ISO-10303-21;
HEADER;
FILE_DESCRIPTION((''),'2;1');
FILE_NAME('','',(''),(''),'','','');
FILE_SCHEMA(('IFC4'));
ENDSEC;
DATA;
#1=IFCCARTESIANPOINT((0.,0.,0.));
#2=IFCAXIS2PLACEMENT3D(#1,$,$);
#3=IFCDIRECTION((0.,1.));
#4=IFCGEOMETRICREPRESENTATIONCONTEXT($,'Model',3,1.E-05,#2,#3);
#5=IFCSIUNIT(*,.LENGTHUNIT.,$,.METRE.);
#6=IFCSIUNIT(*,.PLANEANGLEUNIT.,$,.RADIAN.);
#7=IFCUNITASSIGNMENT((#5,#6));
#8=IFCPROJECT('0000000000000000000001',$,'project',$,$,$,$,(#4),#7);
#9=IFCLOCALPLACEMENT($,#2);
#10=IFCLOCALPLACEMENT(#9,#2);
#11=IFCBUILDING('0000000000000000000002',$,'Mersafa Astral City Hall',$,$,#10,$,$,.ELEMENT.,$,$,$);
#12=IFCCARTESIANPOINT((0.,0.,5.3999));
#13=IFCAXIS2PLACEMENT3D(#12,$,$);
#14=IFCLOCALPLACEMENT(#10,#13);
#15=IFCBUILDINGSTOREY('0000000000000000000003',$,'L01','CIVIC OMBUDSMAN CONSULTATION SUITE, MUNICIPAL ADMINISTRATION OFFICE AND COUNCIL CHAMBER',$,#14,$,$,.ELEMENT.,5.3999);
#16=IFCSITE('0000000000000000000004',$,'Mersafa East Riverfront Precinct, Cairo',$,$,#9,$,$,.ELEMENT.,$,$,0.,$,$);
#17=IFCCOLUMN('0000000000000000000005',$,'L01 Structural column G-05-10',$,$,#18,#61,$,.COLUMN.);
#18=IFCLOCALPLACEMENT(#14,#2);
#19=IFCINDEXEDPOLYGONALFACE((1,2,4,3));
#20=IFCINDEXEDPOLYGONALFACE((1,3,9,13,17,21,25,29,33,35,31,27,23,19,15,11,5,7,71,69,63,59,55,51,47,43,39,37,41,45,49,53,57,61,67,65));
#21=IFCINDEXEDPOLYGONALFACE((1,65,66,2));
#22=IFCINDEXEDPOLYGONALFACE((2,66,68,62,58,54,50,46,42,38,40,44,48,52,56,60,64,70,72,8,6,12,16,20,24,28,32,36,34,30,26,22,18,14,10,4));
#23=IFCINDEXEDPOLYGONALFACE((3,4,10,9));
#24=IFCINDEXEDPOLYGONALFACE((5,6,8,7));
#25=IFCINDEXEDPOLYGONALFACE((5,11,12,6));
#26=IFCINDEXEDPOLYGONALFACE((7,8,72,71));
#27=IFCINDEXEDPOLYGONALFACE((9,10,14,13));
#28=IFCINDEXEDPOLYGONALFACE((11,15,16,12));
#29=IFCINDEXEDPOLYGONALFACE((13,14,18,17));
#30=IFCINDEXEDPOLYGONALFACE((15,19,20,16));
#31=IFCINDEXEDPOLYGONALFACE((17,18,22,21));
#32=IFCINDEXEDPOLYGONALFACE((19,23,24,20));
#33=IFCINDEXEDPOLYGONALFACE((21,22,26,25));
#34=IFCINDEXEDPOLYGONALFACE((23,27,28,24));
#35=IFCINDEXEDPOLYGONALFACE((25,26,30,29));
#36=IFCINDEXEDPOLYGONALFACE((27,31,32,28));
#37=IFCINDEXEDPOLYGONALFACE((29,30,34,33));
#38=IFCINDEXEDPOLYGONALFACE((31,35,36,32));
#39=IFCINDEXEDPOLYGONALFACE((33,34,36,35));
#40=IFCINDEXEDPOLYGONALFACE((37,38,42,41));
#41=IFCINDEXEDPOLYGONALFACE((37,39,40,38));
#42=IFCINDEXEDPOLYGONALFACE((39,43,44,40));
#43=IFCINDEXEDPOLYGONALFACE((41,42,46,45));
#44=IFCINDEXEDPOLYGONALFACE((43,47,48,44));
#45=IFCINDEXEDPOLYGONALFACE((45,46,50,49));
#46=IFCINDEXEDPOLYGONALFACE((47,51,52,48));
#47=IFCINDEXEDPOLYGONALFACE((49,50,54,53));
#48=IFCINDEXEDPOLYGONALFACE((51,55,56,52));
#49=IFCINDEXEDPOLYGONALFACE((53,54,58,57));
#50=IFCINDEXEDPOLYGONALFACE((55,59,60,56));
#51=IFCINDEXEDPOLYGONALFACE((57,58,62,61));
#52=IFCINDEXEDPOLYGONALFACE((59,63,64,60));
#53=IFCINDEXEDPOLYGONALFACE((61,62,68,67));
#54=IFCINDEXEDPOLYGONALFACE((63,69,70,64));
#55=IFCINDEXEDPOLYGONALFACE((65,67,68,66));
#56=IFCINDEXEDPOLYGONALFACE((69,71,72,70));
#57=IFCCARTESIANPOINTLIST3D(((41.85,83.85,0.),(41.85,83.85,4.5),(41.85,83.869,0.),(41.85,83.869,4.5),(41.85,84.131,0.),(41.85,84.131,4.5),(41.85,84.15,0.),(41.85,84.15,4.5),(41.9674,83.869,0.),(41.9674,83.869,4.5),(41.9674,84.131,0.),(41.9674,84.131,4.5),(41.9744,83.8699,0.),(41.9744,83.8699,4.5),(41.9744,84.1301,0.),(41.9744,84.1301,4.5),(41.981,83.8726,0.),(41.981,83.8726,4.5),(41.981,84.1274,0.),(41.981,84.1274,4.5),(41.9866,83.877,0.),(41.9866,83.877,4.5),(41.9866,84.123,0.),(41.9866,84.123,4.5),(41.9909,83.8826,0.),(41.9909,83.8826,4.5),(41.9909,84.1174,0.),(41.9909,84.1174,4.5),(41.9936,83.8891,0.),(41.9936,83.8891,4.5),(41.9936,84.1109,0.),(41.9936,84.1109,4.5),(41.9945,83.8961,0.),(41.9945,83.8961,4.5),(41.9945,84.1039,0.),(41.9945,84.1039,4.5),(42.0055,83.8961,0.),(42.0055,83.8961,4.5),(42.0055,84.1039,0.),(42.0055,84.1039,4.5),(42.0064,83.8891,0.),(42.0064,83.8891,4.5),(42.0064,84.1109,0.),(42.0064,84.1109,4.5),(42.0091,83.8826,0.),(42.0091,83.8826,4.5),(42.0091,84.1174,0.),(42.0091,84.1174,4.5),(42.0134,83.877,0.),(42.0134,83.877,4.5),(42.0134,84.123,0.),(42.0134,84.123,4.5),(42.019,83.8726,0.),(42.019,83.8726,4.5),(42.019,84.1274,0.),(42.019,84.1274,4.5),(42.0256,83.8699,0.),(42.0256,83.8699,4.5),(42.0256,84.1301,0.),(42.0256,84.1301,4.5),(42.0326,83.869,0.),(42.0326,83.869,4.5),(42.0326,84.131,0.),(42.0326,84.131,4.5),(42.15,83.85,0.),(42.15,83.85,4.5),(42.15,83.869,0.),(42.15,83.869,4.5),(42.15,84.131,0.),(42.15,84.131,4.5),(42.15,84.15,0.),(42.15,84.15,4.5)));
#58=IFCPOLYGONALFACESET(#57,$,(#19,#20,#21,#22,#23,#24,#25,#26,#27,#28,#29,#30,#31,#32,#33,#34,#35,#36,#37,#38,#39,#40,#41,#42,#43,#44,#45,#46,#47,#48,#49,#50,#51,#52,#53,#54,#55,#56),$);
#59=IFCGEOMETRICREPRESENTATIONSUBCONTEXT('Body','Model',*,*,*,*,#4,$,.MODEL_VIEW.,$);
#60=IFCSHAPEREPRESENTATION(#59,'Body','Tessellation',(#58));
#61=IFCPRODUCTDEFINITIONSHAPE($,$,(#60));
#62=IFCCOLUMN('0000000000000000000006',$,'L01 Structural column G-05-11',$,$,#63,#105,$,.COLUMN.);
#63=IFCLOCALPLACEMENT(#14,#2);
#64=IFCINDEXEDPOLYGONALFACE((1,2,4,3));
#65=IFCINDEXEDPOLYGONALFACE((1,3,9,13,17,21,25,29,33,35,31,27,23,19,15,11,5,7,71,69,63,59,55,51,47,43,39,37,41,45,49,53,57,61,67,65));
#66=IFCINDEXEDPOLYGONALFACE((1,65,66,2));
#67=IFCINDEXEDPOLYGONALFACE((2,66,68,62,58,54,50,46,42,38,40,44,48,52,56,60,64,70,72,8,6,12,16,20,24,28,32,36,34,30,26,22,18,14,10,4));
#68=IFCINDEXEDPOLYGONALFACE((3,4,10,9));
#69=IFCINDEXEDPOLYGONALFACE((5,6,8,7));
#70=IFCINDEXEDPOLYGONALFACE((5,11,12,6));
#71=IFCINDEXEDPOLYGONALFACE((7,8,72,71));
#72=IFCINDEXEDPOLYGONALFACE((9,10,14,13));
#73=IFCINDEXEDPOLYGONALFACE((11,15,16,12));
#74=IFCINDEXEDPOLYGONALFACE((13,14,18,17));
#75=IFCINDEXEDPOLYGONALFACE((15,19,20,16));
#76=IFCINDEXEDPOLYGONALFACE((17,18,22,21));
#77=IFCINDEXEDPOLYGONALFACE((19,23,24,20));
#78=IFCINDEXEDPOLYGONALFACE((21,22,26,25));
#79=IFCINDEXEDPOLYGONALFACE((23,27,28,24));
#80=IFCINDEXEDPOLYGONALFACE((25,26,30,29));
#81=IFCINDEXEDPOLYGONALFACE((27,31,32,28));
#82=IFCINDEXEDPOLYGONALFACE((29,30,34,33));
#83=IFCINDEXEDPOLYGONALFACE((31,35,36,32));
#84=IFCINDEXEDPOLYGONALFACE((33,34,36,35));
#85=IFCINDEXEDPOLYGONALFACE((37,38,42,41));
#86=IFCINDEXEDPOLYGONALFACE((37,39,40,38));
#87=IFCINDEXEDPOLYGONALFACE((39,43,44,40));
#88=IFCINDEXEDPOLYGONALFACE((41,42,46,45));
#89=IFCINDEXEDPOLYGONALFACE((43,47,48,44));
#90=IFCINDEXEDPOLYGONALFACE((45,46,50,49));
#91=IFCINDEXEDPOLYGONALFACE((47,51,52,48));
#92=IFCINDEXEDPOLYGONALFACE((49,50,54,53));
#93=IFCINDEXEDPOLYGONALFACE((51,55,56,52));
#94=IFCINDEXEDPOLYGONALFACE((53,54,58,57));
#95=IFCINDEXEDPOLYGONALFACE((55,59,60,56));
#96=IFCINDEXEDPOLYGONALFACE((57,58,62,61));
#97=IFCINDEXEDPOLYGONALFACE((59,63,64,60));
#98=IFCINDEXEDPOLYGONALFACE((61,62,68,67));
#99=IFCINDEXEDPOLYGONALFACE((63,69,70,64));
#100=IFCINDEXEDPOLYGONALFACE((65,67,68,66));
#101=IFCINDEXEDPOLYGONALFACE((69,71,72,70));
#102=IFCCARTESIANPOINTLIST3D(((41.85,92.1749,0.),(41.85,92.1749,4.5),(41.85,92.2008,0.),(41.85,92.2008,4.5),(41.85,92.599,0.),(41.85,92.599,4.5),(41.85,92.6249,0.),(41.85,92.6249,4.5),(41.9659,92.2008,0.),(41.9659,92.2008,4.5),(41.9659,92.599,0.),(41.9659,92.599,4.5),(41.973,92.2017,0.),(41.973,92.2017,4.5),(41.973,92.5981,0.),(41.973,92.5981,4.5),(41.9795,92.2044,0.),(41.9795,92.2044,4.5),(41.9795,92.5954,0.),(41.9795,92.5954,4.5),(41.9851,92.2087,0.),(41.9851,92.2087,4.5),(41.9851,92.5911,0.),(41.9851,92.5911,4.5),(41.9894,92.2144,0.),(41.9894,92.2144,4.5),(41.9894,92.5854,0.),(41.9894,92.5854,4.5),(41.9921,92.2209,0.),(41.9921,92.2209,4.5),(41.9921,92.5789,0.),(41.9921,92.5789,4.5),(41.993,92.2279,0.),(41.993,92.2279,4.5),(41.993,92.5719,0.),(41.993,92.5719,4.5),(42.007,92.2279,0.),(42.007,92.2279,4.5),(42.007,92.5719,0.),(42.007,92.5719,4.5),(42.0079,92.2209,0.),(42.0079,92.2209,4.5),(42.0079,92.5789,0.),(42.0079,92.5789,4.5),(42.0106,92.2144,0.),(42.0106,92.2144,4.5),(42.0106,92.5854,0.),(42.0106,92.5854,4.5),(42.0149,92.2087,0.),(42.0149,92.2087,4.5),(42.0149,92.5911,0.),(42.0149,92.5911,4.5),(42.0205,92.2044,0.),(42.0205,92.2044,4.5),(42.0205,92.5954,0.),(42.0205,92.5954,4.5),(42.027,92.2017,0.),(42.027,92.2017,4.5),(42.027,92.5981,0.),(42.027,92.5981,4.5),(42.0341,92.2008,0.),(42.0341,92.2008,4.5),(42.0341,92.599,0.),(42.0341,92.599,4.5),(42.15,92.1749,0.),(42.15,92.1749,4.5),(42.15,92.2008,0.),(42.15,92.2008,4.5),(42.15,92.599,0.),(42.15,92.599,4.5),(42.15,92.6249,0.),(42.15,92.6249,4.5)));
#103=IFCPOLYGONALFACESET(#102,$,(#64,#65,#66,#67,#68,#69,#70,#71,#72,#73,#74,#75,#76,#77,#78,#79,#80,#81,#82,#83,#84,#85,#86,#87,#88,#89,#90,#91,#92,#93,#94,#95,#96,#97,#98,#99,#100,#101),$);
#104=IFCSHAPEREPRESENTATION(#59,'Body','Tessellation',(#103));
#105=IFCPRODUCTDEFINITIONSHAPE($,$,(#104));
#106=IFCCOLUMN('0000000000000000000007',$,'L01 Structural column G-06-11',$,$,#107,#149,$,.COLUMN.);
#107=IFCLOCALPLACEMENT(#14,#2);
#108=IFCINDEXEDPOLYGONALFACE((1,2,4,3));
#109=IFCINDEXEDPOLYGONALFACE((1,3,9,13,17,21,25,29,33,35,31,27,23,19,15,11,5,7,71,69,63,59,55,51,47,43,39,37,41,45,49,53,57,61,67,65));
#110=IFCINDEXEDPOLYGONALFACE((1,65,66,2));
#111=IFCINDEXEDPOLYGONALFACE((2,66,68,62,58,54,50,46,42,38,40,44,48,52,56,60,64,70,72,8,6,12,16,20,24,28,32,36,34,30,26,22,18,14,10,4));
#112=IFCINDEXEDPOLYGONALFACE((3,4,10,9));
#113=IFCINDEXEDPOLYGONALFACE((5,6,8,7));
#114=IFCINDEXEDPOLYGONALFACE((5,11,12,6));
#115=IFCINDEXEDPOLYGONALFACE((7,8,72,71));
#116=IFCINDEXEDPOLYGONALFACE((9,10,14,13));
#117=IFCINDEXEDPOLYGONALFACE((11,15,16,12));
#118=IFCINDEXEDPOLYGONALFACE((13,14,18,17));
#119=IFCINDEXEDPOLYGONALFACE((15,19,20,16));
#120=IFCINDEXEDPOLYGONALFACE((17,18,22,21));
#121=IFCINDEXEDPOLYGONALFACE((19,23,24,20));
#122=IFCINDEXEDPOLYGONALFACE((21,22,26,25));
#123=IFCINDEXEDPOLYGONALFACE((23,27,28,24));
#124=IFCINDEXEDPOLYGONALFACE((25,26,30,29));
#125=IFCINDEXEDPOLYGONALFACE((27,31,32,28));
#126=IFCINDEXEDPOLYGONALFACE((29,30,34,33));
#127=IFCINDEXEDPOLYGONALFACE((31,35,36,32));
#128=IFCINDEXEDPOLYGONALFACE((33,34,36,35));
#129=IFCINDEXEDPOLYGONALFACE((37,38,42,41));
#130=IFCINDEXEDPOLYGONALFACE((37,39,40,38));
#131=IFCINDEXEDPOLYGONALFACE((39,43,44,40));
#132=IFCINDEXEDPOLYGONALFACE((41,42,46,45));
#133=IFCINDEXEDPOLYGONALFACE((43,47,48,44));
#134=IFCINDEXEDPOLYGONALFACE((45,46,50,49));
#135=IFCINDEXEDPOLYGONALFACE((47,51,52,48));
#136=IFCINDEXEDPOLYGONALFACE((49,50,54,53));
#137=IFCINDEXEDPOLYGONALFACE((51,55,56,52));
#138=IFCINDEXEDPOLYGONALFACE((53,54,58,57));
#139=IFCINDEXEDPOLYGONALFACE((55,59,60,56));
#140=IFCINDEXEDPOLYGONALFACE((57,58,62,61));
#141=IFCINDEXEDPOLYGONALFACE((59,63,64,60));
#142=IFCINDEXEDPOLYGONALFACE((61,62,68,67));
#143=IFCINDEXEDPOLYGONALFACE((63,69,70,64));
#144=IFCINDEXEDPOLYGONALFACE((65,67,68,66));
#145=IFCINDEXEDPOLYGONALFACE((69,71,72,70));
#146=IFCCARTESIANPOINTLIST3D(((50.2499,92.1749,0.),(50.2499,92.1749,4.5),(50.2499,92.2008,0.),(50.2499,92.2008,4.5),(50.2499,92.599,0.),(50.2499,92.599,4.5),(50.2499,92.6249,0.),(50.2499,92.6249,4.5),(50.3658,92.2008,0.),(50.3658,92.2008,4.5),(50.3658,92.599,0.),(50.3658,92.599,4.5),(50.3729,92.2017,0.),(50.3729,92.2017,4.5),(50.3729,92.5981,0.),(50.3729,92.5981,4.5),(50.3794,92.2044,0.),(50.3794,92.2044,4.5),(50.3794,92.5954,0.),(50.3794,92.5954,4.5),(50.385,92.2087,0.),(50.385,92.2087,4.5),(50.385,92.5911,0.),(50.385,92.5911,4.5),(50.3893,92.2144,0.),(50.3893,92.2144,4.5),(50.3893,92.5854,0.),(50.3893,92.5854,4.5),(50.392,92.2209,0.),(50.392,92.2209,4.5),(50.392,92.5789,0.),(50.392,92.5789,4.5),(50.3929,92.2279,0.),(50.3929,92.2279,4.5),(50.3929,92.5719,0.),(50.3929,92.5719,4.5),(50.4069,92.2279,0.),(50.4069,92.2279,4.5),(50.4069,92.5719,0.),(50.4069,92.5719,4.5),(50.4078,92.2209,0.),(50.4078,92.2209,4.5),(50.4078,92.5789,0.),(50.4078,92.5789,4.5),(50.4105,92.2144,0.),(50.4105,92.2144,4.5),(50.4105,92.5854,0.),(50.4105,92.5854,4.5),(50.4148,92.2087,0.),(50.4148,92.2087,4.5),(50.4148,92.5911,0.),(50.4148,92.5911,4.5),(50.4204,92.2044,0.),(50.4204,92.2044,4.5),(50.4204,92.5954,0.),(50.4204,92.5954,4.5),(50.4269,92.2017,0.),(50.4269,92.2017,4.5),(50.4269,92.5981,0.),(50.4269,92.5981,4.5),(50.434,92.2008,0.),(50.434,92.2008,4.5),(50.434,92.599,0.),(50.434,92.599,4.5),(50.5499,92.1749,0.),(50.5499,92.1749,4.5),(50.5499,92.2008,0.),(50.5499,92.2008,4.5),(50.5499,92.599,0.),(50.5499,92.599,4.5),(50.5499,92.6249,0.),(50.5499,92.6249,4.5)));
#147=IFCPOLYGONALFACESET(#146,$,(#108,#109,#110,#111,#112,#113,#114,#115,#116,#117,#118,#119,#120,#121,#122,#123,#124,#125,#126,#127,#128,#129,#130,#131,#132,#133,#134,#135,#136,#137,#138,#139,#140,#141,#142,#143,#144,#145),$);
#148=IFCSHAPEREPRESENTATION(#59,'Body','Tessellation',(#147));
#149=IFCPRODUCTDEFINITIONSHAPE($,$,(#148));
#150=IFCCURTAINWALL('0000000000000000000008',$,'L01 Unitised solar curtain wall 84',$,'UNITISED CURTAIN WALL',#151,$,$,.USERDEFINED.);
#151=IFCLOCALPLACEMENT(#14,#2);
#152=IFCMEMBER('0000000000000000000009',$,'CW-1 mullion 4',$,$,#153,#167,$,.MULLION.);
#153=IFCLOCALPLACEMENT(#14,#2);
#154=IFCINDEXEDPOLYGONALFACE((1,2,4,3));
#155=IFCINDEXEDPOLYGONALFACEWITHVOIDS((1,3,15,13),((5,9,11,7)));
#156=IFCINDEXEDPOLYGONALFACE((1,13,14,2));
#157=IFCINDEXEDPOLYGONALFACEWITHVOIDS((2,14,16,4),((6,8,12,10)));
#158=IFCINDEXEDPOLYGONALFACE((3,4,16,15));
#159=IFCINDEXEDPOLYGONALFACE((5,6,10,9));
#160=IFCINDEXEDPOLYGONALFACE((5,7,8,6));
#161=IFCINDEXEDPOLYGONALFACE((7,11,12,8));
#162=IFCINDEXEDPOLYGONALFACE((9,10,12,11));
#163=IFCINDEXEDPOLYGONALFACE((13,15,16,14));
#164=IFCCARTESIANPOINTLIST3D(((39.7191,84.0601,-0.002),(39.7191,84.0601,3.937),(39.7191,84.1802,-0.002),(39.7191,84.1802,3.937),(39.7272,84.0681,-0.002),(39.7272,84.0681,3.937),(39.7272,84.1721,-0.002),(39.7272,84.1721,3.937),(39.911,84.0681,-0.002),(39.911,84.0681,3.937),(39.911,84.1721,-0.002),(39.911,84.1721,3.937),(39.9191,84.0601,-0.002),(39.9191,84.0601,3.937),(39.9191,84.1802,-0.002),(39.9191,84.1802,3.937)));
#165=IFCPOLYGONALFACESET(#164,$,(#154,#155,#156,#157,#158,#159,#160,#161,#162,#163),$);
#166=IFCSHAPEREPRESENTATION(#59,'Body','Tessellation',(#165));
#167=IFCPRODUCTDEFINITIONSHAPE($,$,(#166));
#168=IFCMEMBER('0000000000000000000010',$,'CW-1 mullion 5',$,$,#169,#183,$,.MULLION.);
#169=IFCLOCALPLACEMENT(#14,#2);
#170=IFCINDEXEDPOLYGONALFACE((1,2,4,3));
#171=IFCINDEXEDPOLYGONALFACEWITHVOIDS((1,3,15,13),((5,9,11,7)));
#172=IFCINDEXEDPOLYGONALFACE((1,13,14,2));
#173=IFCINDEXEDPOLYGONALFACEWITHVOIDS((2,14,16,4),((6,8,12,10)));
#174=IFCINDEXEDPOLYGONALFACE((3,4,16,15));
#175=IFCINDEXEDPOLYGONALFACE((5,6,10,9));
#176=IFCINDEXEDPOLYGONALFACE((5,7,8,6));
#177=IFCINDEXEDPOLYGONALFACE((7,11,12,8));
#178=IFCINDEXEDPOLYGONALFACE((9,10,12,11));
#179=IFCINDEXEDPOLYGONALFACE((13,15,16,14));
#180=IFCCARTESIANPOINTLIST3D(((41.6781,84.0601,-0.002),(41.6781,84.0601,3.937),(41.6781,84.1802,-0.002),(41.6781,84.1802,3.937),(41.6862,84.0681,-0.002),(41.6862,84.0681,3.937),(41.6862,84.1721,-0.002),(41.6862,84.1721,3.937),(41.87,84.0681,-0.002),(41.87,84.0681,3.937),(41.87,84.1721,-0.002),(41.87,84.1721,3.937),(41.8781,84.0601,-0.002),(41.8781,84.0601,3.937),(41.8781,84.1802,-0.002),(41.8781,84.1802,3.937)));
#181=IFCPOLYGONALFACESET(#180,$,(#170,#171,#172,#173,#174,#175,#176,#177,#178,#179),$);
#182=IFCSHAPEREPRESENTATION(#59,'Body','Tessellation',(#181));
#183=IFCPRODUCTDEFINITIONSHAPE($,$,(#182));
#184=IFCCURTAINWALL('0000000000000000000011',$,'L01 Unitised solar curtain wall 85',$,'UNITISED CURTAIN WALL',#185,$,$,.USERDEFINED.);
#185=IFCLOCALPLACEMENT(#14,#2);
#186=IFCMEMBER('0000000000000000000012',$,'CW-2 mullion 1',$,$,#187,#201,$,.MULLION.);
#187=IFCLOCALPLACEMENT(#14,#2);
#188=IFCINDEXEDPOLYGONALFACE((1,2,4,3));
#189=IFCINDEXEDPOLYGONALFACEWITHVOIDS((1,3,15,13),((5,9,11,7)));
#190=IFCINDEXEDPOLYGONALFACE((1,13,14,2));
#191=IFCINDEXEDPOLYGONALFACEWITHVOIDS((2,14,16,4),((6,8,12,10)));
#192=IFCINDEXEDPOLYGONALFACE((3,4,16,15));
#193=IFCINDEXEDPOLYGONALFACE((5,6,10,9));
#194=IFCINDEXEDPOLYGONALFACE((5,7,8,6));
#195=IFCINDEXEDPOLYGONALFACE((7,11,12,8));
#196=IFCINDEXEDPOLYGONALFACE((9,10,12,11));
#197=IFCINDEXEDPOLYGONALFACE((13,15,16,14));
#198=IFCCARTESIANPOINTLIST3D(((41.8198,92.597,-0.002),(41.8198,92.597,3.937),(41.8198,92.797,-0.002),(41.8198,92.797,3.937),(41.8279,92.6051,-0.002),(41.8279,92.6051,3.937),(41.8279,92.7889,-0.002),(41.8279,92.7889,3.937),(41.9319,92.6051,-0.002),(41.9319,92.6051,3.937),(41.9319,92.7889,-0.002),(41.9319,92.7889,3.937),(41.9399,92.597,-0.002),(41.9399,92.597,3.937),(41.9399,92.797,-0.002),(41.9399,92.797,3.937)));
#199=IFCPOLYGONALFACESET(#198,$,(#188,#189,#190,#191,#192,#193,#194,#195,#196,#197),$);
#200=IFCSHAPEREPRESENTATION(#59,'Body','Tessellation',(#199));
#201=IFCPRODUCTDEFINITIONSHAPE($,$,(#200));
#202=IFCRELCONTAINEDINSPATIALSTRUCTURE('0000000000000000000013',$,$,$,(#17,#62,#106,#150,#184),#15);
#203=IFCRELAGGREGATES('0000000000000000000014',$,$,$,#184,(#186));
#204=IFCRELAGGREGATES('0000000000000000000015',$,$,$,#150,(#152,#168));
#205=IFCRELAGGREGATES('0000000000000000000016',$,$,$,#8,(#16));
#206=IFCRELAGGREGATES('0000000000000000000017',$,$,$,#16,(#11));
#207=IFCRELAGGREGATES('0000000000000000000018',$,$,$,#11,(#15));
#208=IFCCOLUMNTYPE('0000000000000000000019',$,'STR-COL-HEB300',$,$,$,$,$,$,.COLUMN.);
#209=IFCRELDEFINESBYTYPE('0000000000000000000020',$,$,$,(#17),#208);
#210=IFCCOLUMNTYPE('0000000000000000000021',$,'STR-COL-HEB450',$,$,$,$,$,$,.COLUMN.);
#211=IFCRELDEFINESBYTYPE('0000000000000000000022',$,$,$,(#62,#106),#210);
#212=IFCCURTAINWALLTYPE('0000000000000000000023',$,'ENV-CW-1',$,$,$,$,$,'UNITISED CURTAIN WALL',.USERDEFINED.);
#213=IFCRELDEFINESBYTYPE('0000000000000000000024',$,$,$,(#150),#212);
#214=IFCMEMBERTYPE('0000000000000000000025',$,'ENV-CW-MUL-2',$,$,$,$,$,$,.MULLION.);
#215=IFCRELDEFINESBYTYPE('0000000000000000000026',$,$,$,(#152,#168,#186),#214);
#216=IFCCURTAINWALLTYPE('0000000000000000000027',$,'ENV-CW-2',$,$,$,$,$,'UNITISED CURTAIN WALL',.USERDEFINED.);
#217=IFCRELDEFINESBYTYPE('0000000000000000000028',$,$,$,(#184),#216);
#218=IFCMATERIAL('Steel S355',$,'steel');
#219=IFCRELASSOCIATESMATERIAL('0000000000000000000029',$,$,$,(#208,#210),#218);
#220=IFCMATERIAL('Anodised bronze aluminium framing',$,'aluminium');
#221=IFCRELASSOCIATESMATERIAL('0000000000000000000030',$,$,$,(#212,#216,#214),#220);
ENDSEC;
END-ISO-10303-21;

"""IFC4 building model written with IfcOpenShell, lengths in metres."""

from ifc_helpers import new_model, si_unit, direction, frame, origin, origin_2d, place, context, subcontext, project, spatial, hollow_rectangle, i_section, extrude, material, material_profile, profile_set, type_object, element, aggregate, save


model = new_model("IFC4")

# Units and contexts
model_context = context("Model", 3, precision=1e-05, world=origin(), true_north=direction((0.0, 1.0)))
body_context = subcontext(model_context, "Body", "Model", "MODEL_VIEW")
ifc_project = project(units=[si_unit("LENGTHUNIT", "METRE"), si_unit("PLANEANGLEUNIT", "RADIAN")], contexts=[model_context])

# Site, building, storey
site_placement = place(None, origin())
site = spatial("IfcSite", under=ifc_project, at=site_placement, Name="Mersafa East Riverfront Precinct, Cairo", CompositionType="ELEMENT", RefElevation=0.0)
building_placement = place(site_placement, origin())
building = spatial("IfcBuilding", under=site, at=building_placement, Name="Mersafa Astral City Hall", CompositionType="ELEMENT")
storey_placement = place(building_placement, frame((0.0, 0.0, 5.3999)))
storey = spatial("IfcBuildingStorey", under=building, at=storey_placement, Name="L01", Description="CIVIC OMBUDSMAN CONSULTATION SUITE, MUNICIPAL ADMINISTRATION OFFICE AND COUNCIL CHAMBER", CompositionType="ELEMENT", Elevation=5.3999)

# Columns
ifc_material_1 = material(Name="Steel S355", Category="steel")
ifc_material_profile_1 = material_profile(ifc_material_1, i_section(OverallWidth=0.3, OverallDepth=0.3, WebThickness=0.011, FlangeThickness=0.019, FilletRadius=0.0271, at=origin_2d()), Name="HEB 300")
ifc_profile_set_1 = profile_set([ifc_material_profile_1], Name="Steel S355")
column_type_1 = type_object("IfcColumnType", Name="STR-COL-HEB300", PredefinedType="COLUMN", material=ifc_profile_set_1)
column_placement = place(storey_placement, frame((42.0, 84.0, 0.0), z_axis=(0.0, 0.0, 1.0), x_axis=(1.0, 0.0, 0.0)))
element("IfcColumn", 1, at=column_placement, inside=storey, type_object=column_type_1, Name="L01 Structural column G-05-10", PredefinedType="COLUMN", context=body_context, shape_type="SweptSolid", body=[
    extrude(i_section(OverallWidth=0.3, OverallDepth=0.3, WebThickness=0.011, FlangeThickness=0.019, FilletRadius=0.0271, at=origin_2d()), origin(), (0.0, 0.0, 1.0), 4.5),
])
ifc_material_profile_2 = material_profile(ifc_material_1, i_section(OverallWidth=0.3, OverallDepth=0.45, WebThickness=0.0139, FlangeThickness=0.0259, FilletRadius=0.0271, at=origin_2d()), Name="HEB 450")
ifc_profile_set_2 = profile_set([ifc_material_profile_2], Name="Steel S355")
column_type_2 = type_object("IfcColumnType", Name="STR-COL-HEB450", PredefinedType="COLUMN", material=ifc_profile_set_2)
for number, where, z_axis, x_axis, name in (
    (2, (42.0, 92.3999, 0.0), (0.0, 0.0, 1.0), (1.0, 0.0, 0.0), "L01 Structural column G-05-11"),
    (3, (50.3999, 92.3999, 0.0), (0.0, 0.0, 1.0), (1.0, 0.0, 0.0), "L01 Structural column G-06-11"),
):
    element("IfcColumn", number, at=place(storey_placement, frame(where, z_axis=z_axis, x_axis=x_axis)), inside=storey, type_object=column_type_2, Name=name, PredefinedType="COLUMN", context=body_context, shape_type="SweptSolid", body=[
        extrude(i_section(OverallWidth=0.3, OverallDepth=0.45, WebThickness=0.0139, FlangeThickness=0.0259, FilletRadius=0.0271, at=origin_2d()), origin(), (0.0, 0.0, 1.0), 4.5),
    ])

# Curtain walls, members
ifc_material_2 = material(Name="Anodised bronze aluminium framing", Category="aluminium")
curtain_wall_type_1 = type_object("IfcCurtainWallType", Name="ENV-CW-1", ElementType="UNITISED CURTAIN WALL", PredefinedType="USERDEFINED", material=ifc_material_2)
curtain_wall_1_placement = place(storey_placement, origin())
curtain_wall_1 = element("IfcCurtainWall", 4, at=curtain_wall_1_placement, inside=storey, type_object=curtain_wall_type_1, Name="L01 Unitised solar curtain wall 84", ObjectType="UNITISED CURTAIN WALL", PredefinedType="USERDEFINED")
ifc_material_profile_3 = material_profile(ifc_material_2, hollow_rectangle(XDim=0.1201, YDim=0.2, WallThickness=0.0081, at=origin_2d()), Name="RHS 120x200x8")
ifc_profile_set_3 = profile_set([ifc_material_profile_3], Name="Anodised bronze aluminium framing")
member_type_1 = type_object("IfcMemberType", Name="ENV-CW-MUL-2", PredefinedType="MULLION", material=ifc_profile_set_3)
member_1_placement = place(storey_placement, frame((39.8191, 84.1201, -0.002), z_axis=(0.0, 0.0, 1.0), x_axis=(0.0, 1.0, 0.0)))
member_1 = element("IfcMember", 5, at=member_1_placement, type_object=member_type_1, Name="CW-1 mullion 4", PredefinedType="MULLION", context=body_context, shape_type="SweptSolid", body=[
    extrude(hollow_rectangle(XDim=0.1201, YDim=0.2, WallThickness=0.0081, at=origin_2d()), origin(), (0.0, 0.0, 1.0), 3.939),
])
member_2_placement = place(storey_placement, frame((41.7781, 84.1201, -0.002), z_axis=(0.0, 0.0, 1.0), x_axis=(0.0, 1.0, 0.0)))
member_2 = element("IfcMember", 6, at=member_2_placement, type_object=member_type_1, Name="CW-1 mullion 5", PredefinedType="MULLION", context=body_context, shape_type="SweptSolid", body=[
    extrude(hollow_rectangle(XDim=0.1201, YDim=0.2, WallThickness=0.0081, at=origin_2d()), origin(), (0.0, 0.0, 1.0), 3.939),
])
curtain_wall_type_2 = type_object("IfcCurtainWallType", Name="ENV-CW-2", ElementType="UNITISED CURTAIN WALL", PredefinedType="USERDEFINED", material=ifc_material_2)
curtain_wall_2_placement = place(storey_placement, origin())
curtain_wall_2 = element("IfcCurtainWall", 7, at=curtain_wall_2_placement, inside=storey, type_object=curtain_wall_type_2, Name="L01 Unitised solar curtain wall 85", ObjectType="UNITISED CURTAIN WALL", PredefinedType="USERDEFINED")
member_3_placement = place(storey_placement, frame((41.8799, 92.697, -0.002), z_axis=(0.0, 0.0, 1.0), x_axis=(-1.0, 0.0, 0.0)))
member_3 = element("IfcMember", 8, at=member_3_placement, type_object=member_type_1, Name="CW-2 mullion 1", PredefinedType="MULLION", context=body_context, shape_type="SweptSolid", body=[
    extrude(hollow_rectangle(XDim=0.1201, YDim=0.2, WallThickness=0.0081, at=origin_2d()), origin(), (0.0, 0.0, 1.0), 3.939),
])
aggregate(curtain_wall_2, [member_3])

aggregate(curtain_wall_1, [member_1, member_2])

save(model, "model.ifc")
